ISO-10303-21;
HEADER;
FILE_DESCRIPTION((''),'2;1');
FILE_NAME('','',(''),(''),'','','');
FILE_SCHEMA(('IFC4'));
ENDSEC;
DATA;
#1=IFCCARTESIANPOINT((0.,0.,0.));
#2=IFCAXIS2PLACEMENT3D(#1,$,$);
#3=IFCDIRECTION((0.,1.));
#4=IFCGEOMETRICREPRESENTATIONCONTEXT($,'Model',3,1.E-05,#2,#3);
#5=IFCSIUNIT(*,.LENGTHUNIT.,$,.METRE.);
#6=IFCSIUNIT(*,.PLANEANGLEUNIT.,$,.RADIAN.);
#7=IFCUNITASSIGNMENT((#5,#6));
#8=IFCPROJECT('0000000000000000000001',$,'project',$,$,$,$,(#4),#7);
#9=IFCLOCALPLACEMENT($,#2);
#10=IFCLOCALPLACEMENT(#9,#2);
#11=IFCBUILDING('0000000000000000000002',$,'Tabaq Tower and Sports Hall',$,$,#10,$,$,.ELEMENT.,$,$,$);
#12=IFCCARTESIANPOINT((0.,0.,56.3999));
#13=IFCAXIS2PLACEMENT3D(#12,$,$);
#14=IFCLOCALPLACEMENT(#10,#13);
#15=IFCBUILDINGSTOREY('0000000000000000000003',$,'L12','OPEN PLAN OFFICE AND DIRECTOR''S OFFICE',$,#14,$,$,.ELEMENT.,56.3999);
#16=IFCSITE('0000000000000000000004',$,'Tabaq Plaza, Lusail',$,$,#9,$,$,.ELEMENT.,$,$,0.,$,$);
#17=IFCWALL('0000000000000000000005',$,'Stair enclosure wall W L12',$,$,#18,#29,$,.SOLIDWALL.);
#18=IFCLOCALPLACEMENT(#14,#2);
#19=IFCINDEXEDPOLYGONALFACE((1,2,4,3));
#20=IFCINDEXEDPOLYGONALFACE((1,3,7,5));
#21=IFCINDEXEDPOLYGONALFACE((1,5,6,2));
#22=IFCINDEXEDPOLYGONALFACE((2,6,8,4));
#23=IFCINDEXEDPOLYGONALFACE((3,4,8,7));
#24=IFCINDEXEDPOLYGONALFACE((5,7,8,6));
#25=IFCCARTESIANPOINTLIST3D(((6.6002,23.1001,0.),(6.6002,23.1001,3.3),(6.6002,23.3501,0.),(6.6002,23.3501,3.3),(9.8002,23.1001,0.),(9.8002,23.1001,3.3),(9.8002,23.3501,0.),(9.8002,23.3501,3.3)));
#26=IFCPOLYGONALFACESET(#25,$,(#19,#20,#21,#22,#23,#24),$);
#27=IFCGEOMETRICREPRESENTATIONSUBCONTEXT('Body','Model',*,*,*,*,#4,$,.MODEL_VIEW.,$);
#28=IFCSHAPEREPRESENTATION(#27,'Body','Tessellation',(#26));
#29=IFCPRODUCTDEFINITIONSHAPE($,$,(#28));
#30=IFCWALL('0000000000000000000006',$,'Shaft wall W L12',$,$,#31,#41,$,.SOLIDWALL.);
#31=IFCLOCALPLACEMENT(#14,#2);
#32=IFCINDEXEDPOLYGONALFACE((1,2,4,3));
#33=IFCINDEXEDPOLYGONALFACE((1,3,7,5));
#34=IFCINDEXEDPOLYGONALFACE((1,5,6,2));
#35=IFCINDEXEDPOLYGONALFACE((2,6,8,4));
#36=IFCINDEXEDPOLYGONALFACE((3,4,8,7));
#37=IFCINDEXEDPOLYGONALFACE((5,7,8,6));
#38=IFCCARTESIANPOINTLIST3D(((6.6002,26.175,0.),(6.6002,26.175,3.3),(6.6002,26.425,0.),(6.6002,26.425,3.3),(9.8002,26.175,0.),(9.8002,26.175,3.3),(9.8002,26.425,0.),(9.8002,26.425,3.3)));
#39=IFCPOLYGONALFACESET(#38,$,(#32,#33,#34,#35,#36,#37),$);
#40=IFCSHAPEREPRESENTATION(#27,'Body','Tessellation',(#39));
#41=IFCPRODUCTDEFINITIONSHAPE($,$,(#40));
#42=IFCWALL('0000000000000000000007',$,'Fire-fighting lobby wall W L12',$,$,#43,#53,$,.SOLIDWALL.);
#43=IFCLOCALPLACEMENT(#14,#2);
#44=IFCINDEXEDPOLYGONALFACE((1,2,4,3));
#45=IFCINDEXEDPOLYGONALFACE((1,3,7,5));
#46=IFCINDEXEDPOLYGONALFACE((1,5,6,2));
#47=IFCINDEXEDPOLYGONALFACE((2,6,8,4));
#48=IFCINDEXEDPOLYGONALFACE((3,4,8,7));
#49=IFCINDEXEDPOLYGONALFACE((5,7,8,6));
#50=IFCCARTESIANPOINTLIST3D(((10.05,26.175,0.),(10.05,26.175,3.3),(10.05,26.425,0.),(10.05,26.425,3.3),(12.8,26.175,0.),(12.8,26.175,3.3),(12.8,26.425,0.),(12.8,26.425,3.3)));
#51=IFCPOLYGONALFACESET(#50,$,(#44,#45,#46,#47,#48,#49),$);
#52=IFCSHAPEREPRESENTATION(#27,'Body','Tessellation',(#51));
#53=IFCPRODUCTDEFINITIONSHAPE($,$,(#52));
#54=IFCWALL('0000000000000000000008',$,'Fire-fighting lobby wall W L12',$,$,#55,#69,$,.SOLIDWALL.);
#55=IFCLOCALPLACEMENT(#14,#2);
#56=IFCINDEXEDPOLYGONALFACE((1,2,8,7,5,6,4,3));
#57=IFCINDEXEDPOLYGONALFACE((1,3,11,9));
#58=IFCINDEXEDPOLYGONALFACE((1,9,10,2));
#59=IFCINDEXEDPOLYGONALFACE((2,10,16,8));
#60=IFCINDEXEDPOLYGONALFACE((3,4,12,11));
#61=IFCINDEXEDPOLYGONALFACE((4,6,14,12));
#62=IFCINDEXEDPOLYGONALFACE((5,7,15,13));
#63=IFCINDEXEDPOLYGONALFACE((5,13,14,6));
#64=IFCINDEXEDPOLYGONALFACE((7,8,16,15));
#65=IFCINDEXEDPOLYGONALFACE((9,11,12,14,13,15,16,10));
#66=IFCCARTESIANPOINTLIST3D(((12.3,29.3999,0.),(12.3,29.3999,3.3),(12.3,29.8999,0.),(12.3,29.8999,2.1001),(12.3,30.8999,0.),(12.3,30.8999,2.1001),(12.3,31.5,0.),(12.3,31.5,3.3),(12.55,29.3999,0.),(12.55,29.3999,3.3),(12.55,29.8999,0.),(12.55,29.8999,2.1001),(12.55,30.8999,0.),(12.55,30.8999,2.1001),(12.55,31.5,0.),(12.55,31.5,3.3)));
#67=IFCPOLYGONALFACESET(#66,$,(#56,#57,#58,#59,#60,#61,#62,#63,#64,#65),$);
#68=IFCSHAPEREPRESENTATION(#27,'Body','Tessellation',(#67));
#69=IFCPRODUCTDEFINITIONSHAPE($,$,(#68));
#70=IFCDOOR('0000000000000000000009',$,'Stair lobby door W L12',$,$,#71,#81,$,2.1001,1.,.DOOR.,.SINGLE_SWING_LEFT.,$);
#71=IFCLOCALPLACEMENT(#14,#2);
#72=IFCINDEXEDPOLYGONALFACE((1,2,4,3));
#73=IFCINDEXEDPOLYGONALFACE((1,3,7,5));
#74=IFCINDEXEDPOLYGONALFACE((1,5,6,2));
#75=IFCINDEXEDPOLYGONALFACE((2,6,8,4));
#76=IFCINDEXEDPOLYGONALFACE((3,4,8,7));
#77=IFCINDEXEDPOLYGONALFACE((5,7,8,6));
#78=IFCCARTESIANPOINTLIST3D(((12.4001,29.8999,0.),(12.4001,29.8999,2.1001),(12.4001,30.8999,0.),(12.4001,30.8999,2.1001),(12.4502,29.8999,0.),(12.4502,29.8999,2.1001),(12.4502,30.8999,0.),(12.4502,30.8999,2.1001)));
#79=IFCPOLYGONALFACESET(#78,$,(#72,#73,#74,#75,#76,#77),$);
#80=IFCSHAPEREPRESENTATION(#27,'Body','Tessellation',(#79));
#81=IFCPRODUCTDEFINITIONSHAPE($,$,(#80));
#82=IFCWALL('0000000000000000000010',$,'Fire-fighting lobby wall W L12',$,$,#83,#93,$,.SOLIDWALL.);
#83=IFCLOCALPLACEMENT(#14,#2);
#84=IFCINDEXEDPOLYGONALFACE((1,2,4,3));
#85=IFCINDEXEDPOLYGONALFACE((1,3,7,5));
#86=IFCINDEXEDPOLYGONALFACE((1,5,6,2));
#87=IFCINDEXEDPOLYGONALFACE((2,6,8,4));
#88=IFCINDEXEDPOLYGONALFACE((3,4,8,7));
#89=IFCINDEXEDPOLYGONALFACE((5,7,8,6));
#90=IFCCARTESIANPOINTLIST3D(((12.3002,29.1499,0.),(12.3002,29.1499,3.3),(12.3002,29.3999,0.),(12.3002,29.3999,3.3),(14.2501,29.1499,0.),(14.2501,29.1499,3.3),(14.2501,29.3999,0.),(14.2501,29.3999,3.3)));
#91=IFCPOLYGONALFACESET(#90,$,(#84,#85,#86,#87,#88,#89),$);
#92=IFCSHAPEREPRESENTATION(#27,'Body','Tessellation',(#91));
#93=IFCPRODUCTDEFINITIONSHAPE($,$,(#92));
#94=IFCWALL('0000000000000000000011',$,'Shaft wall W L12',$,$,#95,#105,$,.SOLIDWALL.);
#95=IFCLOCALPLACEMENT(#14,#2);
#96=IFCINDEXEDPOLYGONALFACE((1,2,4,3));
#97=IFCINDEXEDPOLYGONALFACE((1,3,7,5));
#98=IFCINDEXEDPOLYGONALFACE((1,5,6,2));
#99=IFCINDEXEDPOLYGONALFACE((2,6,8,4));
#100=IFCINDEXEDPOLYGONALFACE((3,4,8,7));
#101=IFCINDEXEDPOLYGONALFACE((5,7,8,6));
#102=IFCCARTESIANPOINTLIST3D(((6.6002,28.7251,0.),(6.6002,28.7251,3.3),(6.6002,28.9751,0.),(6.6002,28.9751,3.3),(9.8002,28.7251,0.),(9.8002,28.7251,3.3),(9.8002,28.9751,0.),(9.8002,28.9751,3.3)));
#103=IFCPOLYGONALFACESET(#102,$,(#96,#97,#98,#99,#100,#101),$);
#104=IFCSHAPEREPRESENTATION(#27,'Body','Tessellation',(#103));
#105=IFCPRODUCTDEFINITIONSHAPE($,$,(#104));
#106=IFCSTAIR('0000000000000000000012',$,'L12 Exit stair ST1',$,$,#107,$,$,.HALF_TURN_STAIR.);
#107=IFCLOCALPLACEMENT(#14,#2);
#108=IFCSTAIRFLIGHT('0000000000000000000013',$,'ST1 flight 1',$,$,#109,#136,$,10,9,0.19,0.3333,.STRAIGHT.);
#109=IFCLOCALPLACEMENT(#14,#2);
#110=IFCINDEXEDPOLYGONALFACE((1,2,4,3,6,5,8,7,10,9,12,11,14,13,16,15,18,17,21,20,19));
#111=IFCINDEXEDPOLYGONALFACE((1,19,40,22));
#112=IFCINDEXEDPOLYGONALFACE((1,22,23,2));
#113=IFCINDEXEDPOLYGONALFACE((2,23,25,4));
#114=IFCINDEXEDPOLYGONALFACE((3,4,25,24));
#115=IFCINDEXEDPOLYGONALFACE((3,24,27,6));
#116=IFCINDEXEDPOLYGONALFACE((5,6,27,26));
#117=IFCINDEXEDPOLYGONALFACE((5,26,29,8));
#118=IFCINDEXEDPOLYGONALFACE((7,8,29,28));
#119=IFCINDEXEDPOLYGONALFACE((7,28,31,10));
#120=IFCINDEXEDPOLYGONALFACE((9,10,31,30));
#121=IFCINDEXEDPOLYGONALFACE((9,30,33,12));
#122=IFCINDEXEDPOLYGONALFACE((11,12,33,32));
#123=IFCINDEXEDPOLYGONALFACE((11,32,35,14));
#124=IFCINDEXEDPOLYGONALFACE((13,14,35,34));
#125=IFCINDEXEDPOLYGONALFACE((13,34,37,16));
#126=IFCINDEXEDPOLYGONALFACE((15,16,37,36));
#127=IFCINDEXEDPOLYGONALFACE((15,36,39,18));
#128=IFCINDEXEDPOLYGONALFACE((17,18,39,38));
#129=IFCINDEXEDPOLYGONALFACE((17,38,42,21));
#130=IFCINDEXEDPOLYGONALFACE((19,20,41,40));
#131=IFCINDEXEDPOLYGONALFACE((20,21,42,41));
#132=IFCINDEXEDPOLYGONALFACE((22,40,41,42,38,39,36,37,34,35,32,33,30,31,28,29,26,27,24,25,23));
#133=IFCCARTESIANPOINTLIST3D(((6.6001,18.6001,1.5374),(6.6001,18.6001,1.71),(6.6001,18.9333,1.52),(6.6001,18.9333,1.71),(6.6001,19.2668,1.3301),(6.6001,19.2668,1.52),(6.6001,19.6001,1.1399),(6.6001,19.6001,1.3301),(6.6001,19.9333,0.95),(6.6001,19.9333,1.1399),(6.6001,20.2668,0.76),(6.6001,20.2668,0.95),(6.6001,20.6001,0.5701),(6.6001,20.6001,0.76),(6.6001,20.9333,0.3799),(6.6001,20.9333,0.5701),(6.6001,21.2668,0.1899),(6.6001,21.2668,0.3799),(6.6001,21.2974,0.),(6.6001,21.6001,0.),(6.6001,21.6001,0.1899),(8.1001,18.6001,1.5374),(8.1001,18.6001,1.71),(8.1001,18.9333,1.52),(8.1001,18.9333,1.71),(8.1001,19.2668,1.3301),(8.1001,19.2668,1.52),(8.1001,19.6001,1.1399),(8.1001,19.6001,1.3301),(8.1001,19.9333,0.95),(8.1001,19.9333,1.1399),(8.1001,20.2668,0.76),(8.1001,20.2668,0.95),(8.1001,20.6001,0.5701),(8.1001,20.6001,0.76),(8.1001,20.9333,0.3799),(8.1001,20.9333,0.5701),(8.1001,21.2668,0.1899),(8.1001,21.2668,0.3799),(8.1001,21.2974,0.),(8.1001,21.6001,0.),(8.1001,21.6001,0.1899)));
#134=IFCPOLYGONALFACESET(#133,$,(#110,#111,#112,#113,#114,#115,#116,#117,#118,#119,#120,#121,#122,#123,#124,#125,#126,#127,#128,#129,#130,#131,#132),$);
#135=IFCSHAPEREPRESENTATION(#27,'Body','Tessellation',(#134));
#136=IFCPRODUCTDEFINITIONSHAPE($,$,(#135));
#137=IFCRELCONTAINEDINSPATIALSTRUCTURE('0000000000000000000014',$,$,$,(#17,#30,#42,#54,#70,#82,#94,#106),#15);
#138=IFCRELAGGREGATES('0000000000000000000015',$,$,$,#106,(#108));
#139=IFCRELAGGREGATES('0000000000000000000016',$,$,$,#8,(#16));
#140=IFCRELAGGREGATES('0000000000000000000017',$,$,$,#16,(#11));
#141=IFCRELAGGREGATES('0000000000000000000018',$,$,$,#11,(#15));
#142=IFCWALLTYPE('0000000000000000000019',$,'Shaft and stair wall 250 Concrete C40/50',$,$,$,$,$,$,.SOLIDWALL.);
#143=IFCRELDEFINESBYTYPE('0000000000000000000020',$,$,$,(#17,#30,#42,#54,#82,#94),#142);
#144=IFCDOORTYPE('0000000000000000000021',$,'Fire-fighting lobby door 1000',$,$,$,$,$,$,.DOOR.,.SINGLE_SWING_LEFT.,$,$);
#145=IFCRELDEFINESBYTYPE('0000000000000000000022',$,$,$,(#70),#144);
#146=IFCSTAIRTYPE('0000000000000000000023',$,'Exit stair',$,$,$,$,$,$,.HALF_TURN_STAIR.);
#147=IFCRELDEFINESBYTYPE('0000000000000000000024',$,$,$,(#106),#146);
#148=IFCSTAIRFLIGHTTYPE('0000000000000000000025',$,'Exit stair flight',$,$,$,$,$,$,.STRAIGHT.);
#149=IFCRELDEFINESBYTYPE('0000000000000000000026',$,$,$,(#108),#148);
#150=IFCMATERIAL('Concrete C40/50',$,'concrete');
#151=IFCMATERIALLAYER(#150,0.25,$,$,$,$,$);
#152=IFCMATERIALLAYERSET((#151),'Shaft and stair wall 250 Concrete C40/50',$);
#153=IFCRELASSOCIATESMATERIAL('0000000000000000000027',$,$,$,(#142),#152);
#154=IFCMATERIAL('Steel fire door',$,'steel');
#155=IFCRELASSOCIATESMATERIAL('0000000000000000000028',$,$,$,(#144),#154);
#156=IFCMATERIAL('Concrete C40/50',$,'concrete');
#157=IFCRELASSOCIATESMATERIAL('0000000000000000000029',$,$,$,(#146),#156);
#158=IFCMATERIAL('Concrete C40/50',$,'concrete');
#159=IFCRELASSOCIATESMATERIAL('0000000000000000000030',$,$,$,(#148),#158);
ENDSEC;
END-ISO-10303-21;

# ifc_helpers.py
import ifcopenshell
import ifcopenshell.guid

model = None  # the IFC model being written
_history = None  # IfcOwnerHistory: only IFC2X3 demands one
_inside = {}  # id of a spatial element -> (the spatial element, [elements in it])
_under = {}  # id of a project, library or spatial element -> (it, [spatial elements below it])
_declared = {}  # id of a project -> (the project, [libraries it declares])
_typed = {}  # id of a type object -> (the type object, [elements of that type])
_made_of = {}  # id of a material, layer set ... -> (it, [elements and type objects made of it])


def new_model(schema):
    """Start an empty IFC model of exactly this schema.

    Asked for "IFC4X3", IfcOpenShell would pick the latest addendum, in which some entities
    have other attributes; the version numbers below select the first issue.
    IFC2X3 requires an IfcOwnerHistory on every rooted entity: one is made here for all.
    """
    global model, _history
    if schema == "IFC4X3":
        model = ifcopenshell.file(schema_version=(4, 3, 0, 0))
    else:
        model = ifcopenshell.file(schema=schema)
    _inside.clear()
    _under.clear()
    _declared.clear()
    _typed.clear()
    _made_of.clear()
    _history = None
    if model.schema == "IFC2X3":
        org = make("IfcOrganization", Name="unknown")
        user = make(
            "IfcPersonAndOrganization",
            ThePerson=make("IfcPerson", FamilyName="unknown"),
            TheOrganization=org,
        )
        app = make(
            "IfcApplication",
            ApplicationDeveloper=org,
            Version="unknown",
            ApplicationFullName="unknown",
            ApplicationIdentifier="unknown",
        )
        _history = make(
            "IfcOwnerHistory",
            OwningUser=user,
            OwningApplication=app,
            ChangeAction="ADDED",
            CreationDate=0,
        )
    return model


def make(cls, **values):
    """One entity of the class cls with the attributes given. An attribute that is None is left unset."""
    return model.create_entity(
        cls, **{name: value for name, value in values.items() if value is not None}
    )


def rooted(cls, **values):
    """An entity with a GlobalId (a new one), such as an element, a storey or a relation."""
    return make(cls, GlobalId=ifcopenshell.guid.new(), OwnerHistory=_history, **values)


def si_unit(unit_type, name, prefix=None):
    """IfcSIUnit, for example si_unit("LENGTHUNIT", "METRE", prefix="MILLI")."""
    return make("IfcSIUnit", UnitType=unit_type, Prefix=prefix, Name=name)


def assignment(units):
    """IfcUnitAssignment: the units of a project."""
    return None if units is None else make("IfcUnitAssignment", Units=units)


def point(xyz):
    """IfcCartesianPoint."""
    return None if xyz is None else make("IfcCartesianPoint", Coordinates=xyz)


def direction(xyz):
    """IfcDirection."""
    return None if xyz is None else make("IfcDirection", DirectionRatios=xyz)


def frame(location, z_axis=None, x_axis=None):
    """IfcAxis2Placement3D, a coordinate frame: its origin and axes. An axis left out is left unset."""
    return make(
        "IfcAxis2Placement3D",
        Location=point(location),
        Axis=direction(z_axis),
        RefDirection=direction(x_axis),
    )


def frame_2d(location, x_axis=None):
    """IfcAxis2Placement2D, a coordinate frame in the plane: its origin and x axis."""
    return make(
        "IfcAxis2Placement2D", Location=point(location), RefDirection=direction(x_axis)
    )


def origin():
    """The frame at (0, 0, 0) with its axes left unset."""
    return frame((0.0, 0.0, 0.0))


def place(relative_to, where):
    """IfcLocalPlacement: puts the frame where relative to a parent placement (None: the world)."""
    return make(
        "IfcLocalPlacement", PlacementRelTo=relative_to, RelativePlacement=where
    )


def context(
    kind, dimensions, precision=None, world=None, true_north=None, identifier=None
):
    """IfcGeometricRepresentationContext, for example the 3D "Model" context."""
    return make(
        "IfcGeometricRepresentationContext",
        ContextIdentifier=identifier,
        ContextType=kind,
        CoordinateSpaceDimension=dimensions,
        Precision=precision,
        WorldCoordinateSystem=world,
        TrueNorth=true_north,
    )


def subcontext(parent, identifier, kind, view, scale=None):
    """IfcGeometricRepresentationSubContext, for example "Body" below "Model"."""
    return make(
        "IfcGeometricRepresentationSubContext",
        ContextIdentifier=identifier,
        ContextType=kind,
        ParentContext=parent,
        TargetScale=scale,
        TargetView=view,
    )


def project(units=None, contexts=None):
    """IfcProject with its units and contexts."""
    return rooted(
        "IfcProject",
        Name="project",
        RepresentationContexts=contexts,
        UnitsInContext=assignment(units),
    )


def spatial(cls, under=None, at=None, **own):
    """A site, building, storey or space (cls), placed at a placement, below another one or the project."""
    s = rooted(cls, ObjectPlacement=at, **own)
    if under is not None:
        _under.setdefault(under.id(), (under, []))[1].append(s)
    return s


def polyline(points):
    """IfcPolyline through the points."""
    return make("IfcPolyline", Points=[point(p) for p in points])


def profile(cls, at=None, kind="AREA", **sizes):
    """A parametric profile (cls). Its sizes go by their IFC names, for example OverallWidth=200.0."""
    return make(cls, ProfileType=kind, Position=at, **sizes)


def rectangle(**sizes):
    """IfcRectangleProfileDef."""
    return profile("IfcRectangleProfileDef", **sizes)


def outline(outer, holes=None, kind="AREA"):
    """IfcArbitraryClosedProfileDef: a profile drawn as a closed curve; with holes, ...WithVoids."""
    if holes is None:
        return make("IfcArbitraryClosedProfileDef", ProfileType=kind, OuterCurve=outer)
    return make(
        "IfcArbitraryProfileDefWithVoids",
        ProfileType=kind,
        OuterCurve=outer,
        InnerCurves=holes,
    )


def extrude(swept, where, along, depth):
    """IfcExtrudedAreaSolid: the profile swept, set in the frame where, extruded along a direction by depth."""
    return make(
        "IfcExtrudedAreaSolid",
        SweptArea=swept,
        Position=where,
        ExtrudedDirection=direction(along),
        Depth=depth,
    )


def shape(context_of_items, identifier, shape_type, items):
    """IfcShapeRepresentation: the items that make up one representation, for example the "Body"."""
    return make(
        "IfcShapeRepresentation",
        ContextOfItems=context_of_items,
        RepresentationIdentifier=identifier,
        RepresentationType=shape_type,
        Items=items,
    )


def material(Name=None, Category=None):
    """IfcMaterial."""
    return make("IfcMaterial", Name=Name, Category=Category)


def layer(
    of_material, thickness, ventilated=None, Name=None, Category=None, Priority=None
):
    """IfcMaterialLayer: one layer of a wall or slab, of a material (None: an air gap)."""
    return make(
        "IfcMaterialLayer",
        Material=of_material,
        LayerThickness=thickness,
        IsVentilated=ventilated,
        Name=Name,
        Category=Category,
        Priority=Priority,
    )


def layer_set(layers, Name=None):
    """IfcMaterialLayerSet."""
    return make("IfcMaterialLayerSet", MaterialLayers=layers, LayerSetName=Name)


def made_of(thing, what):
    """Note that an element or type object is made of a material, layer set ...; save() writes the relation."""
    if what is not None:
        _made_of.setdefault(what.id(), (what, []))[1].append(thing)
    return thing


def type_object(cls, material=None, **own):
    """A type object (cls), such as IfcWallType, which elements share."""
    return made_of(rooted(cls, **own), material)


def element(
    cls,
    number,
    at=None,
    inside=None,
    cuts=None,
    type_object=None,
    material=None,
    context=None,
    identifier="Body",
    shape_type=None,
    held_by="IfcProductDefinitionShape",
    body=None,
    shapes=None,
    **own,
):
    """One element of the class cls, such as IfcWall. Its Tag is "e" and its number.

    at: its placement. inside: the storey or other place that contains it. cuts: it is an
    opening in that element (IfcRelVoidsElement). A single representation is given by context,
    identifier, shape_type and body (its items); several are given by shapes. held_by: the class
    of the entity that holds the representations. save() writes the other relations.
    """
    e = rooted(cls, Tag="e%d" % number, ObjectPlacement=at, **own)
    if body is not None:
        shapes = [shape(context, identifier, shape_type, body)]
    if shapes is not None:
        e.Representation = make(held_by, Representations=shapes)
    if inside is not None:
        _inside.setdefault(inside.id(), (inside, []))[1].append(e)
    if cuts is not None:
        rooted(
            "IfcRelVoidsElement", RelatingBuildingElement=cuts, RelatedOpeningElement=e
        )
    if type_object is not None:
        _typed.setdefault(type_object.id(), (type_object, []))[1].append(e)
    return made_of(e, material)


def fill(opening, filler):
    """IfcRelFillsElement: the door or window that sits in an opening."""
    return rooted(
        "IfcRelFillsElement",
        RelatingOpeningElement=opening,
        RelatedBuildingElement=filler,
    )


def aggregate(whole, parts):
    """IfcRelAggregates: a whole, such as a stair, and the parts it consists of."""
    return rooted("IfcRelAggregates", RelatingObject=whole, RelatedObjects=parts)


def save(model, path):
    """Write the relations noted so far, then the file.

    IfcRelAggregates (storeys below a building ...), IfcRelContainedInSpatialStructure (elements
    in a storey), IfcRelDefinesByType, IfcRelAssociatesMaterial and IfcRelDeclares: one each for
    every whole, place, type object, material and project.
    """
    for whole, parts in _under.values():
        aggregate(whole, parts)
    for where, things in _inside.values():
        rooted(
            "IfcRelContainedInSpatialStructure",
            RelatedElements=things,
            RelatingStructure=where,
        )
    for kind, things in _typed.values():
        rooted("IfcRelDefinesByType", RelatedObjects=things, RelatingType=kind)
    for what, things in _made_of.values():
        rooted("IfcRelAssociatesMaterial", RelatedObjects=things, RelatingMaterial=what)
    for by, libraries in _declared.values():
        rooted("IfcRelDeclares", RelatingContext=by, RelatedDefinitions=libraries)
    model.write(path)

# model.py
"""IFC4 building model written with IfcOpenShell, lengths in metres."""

from ifc_helpers import new_model, si_unit, direction, frame, frame_2d, origin, place, context, subcontext, project, spatial, polyline, rectangle, outline, extrude, material, layer, layer_set, type_object, element, fill, aggregate, save


model = new_model("IFC4")

# Units and contexts
model_context = context("Model", 3, precision=1e-05, world=origin(), true_north=direction((0.0, 1.0)))
body_context = subcontext(model_context, "Body", "Model", "MODEL_VIEW")
ifc_project = project(units=[si_unit("LENGTHUNIT", "METRE"), si_unit("PLANEANGLEUNIT", "RADIAN")], contexts=[model_context])

# Site, building, storey
site_placement = place(None, origin())
site = spatial("IfcSite", under=ifc_project, at=site_placement, Name="Tabaq Plaza, Lusail", CompositionType="ELEMENT", RefElevation=0.0)
building_placement = place(site_placement, origin())
building = spatial("IfcBuilding", under=site, at=building_placement, Name="Tabaq Tower and Sports Hall", CompositionType="ELEMENT")
storey_placement = place(building_placement, frame((0.0, 0.0, 56.3999)))
storey = spatial("IfcBuildingStorey", under=building, at=storey_placement, Name="L12", Description="OPEN PLAN OFFICE AND DIRECTOR'S OFFICE", CompositionType="ELEMENT", Elevation=56.3999)

# Walls
ifc_material_1 = material(Name="Concrete C40/50", Category="concrete")
ifc_layer = layer(ifc_material_1, 0.25)
ifc_layer_set = layer_set([ifc_layer], Name="Shaft and stair wall 250 Concrete C40/50")
wall_type = type_object("IfcWallType", Name="Shaft and stair wall 250 Concrete C40/50", PredefinedType="SOLIDWALL", material=ifc_layer_set)
for number, where, z_axis, x_axis, name in (
    (1, (6.6001, 23.2251, 0.0), (0.0, 0.0, 1.0), (1.0, 0.0, 0.0), "Stair enclosure wall W L12"),
    (2, (6.6001, 26.3, 0.0), (0.0, 0.0, 1.0), (1.0, 0.0, 0.0), "Shaft wall W L12"),
):
    element("IfcWall", number, at=place(storey_placement, frame(where, z_axis=z_axis, x_axis=x_axis)), inside=storey, type_object=wall_type, Name=name, PredefinedType="SOLIDWALL", context=body_context, shape_type="SweptSolid", body=[
        extrude(rectangle(XDim=3.2, YDim=0.25, at=frame_2d((1.6001, 0.0))), origin(), (0.0, 0.0, 1.0), 3.3),
    ])
wall_1_placement = place(storey_placement, frame((10.05, 26.3, 0.0), z_axis=(0.0, 0.0, 1.0), x_axis=(1.0, 0.0, 0.0)))
element("IfcWall", 3, at=wall_1_placement, inside=storey, type_object=wall_type, Name="Fire-fighting lobby wall W L12", PredefinedType="SOLIDWALL", context=body_context, shape_type="SweptSolid", body=[
    extrude(rectangle(XDim=2.75, YDim=0.25, at=frame_2d((1.375, 0.0))), origin(), (0.0, 0.0, 1.0), 3.3),
])

# Wall, opening, door
wall_2_placement = place(storey_placement, frame((12.425, 29.3999, 0.0), z_axis=(0.0, 0.0, 1.0), x_axis=(0.0, 1.0, 0.0)))
wall_2 = element("IfcWall", 4, at=wall_2_placement, inside=storey, type_object=wall_type, Name="Fire-fighting lobby wall W L12", PredefinedType="SOLIDWALL", context=body_context, shape_type="SweptSolid", body=[
    extrude(rectangle(XDim=2.1001, YDim=0.25, at=frame_2d((1.05, 0.0))), origin(), (0.0, 0.0, 1.0), 3.3),
])
opening_placement = place(wall_2_placement, frame((0.5, 0.0, 0.0)))
opening = element("IfcOpeningElement", 5, at=opening_placement, cuts=wall_2, PredefinedType="OPENING", context=body_context, shape_type="SweptSolid", body=[
    extrude(rectangle(XDim=1.0, YDim=2.1001, at=frame_2d((0.5, 1.05))), frame((0.0, 0.125, 0.0), z_axis=(0.0, -1.0, 0.0), x_axis=(1.0, 0.0, 0.0)), (0.0, 0.0, 1.0), 0.25),
])
ifc_material_2 = material(Name="Steel fire door", Category="steel")
door_type = type_object("IfcDoorType", Name="Fire-fighting lobby door 1000", OperationType="SINGLE_SWING_LEFT", PredefinedType="DOOR", material=ifc_material_2)
door_placement = place(opening_placement, origin())
door = element("IfcDoor", 6, at=door_placement, inside=storey, type_object=door_type, Name="Stair lobby door W L12", OperationType="SINGLE_SWING_LEFT", OverallHeight=2.1001, OverallWidth=1.0, PredefinedType="DOOR", context=body_context, shape_type="SweptSolid", body=[
    extrude(rectangle(XDim=1.0, YDim=2.1001, at=frame_2d((0.5, 1.05))), frame((0.0, 0.0249, 0.0), z_axis=(0.0, -1.0, 0.0), x_axis=(1.0, 0.0, 0.0)), (0.0, 0.0, 1.0), 0.05),
])
fill(opening, door)

# Walls
wall_3_placement = place(storey_placement, frame((12.3, 29.2749, 0.0), z_axis=(0.0, 0.0, 1.0), x_axis=(1.0, 0.0, 0.0)))
element("IfcWall", 7, at=wall_3_placement, inside=storey, type_object=wall_type, Name="Fire-fighting lobby wall W L12", PredefinedType="SOLIDWALL", context=body_context, shape_type="SweptSolid", body=[
    extrude(rectangle(XDim=1.95, YDim=0.25, at=frame_2d((0.9751, 0.0))), origin(), (0.0, 0.0, 1.0), 3.3),
])
wall_4_placement = place(storey_placement, frame((6.6001, 28.8501, 0.0), z_axis=(0.0, 0.0, 1.0), x_axis=(1.0, 0.0, 0.0)))
element("IfcWall", 8, at=wall_4_placement, inside=storey, type_object=wall_type, Name="Shaft wall W L12", PredefinedType="SOLIDWALL", context=body_context, shape_type="SweptSolid", body=[
    extrude(rectangle(XDim=3.2, YDim=0.25, at=frame_2d((1.6001, 0.0))), origin(), (0.0, 0.0, 1.0), 3.3),
])

# Stair, stair flight
ifc_material_3 = material(Name="Concrete C40/50", Category="concrete")
stair_type = type_object("IfcStairType", Name="Exit stair", PredefinedType="HALF_TURN_STAIR", material=ifc_material_3)
stair_placement = place(storey_placement, origin())
stair = element("IfcStair", 9, at=stair_placement, inside=storey, type_object=stair_type, Name="L12 Exit stair ST1", PredefinedType="HALF_TURN_STAIR")
ifc_material_4 = material(Name="Concrete C40/50", Category="concrete")
stair_flight_type = type_object("IfcStairFlightType", Name="Exit stair flight", PredefinedType="STRAIGHT", material=ifc_material_4)
stair_flight_placement = place(storey_placement, frame((7.3501, 21.6001, 0.0), z_axis=(0.0, 0.0, 1.0), x_axis=(0.0, -1.0, 0.0)))
stair_flight = element("IfcStairFlight", 10, at=stair_flight_placement, type_object=stair_flight_type, Name="ST1 flight 1", NumberOfRisers=10, NumberOfTreads=9, PredefinedType="STRAIGHT", RiserHeight=0.19, TreadLength=0.3333, context=body_context, shape_type="SweptSolid", body=[
    extrude(outline(polyline([(0.0, 0.0), (0.0, 0.1899), (0.3333, 0.1899), (0.3333, 0.3799), (0.6667, 0.3799), (0.6667, 0.5701), (1.0, 0.5701), (1.0, 0.76), (1.3333, 0.76), (1.3333, 0.95), (1.6667, 0.95), (1.6667, 1.1399), (2.0, 1.1399), (2.0, 1.3301), (2.3333, 1.3301), (2.3333, 1.52), (2.6667, 1.52), (2.6667, 1.71), (3.0, 1.71), (3.0, 1.8999), (3.0, 1.5374), (0.3027, 0.0), (0.0, 0.0)])), frame((0.0, 0.75, 0.0), z_axis=(0.0, -1.0, 0.0), x_axis=(1.0, 0.0, 0.0)), (0.0, 0.0, 1.0), 1.5),
])
aggregate(stair, [stair_flight])

save(model, "model.ifc")
